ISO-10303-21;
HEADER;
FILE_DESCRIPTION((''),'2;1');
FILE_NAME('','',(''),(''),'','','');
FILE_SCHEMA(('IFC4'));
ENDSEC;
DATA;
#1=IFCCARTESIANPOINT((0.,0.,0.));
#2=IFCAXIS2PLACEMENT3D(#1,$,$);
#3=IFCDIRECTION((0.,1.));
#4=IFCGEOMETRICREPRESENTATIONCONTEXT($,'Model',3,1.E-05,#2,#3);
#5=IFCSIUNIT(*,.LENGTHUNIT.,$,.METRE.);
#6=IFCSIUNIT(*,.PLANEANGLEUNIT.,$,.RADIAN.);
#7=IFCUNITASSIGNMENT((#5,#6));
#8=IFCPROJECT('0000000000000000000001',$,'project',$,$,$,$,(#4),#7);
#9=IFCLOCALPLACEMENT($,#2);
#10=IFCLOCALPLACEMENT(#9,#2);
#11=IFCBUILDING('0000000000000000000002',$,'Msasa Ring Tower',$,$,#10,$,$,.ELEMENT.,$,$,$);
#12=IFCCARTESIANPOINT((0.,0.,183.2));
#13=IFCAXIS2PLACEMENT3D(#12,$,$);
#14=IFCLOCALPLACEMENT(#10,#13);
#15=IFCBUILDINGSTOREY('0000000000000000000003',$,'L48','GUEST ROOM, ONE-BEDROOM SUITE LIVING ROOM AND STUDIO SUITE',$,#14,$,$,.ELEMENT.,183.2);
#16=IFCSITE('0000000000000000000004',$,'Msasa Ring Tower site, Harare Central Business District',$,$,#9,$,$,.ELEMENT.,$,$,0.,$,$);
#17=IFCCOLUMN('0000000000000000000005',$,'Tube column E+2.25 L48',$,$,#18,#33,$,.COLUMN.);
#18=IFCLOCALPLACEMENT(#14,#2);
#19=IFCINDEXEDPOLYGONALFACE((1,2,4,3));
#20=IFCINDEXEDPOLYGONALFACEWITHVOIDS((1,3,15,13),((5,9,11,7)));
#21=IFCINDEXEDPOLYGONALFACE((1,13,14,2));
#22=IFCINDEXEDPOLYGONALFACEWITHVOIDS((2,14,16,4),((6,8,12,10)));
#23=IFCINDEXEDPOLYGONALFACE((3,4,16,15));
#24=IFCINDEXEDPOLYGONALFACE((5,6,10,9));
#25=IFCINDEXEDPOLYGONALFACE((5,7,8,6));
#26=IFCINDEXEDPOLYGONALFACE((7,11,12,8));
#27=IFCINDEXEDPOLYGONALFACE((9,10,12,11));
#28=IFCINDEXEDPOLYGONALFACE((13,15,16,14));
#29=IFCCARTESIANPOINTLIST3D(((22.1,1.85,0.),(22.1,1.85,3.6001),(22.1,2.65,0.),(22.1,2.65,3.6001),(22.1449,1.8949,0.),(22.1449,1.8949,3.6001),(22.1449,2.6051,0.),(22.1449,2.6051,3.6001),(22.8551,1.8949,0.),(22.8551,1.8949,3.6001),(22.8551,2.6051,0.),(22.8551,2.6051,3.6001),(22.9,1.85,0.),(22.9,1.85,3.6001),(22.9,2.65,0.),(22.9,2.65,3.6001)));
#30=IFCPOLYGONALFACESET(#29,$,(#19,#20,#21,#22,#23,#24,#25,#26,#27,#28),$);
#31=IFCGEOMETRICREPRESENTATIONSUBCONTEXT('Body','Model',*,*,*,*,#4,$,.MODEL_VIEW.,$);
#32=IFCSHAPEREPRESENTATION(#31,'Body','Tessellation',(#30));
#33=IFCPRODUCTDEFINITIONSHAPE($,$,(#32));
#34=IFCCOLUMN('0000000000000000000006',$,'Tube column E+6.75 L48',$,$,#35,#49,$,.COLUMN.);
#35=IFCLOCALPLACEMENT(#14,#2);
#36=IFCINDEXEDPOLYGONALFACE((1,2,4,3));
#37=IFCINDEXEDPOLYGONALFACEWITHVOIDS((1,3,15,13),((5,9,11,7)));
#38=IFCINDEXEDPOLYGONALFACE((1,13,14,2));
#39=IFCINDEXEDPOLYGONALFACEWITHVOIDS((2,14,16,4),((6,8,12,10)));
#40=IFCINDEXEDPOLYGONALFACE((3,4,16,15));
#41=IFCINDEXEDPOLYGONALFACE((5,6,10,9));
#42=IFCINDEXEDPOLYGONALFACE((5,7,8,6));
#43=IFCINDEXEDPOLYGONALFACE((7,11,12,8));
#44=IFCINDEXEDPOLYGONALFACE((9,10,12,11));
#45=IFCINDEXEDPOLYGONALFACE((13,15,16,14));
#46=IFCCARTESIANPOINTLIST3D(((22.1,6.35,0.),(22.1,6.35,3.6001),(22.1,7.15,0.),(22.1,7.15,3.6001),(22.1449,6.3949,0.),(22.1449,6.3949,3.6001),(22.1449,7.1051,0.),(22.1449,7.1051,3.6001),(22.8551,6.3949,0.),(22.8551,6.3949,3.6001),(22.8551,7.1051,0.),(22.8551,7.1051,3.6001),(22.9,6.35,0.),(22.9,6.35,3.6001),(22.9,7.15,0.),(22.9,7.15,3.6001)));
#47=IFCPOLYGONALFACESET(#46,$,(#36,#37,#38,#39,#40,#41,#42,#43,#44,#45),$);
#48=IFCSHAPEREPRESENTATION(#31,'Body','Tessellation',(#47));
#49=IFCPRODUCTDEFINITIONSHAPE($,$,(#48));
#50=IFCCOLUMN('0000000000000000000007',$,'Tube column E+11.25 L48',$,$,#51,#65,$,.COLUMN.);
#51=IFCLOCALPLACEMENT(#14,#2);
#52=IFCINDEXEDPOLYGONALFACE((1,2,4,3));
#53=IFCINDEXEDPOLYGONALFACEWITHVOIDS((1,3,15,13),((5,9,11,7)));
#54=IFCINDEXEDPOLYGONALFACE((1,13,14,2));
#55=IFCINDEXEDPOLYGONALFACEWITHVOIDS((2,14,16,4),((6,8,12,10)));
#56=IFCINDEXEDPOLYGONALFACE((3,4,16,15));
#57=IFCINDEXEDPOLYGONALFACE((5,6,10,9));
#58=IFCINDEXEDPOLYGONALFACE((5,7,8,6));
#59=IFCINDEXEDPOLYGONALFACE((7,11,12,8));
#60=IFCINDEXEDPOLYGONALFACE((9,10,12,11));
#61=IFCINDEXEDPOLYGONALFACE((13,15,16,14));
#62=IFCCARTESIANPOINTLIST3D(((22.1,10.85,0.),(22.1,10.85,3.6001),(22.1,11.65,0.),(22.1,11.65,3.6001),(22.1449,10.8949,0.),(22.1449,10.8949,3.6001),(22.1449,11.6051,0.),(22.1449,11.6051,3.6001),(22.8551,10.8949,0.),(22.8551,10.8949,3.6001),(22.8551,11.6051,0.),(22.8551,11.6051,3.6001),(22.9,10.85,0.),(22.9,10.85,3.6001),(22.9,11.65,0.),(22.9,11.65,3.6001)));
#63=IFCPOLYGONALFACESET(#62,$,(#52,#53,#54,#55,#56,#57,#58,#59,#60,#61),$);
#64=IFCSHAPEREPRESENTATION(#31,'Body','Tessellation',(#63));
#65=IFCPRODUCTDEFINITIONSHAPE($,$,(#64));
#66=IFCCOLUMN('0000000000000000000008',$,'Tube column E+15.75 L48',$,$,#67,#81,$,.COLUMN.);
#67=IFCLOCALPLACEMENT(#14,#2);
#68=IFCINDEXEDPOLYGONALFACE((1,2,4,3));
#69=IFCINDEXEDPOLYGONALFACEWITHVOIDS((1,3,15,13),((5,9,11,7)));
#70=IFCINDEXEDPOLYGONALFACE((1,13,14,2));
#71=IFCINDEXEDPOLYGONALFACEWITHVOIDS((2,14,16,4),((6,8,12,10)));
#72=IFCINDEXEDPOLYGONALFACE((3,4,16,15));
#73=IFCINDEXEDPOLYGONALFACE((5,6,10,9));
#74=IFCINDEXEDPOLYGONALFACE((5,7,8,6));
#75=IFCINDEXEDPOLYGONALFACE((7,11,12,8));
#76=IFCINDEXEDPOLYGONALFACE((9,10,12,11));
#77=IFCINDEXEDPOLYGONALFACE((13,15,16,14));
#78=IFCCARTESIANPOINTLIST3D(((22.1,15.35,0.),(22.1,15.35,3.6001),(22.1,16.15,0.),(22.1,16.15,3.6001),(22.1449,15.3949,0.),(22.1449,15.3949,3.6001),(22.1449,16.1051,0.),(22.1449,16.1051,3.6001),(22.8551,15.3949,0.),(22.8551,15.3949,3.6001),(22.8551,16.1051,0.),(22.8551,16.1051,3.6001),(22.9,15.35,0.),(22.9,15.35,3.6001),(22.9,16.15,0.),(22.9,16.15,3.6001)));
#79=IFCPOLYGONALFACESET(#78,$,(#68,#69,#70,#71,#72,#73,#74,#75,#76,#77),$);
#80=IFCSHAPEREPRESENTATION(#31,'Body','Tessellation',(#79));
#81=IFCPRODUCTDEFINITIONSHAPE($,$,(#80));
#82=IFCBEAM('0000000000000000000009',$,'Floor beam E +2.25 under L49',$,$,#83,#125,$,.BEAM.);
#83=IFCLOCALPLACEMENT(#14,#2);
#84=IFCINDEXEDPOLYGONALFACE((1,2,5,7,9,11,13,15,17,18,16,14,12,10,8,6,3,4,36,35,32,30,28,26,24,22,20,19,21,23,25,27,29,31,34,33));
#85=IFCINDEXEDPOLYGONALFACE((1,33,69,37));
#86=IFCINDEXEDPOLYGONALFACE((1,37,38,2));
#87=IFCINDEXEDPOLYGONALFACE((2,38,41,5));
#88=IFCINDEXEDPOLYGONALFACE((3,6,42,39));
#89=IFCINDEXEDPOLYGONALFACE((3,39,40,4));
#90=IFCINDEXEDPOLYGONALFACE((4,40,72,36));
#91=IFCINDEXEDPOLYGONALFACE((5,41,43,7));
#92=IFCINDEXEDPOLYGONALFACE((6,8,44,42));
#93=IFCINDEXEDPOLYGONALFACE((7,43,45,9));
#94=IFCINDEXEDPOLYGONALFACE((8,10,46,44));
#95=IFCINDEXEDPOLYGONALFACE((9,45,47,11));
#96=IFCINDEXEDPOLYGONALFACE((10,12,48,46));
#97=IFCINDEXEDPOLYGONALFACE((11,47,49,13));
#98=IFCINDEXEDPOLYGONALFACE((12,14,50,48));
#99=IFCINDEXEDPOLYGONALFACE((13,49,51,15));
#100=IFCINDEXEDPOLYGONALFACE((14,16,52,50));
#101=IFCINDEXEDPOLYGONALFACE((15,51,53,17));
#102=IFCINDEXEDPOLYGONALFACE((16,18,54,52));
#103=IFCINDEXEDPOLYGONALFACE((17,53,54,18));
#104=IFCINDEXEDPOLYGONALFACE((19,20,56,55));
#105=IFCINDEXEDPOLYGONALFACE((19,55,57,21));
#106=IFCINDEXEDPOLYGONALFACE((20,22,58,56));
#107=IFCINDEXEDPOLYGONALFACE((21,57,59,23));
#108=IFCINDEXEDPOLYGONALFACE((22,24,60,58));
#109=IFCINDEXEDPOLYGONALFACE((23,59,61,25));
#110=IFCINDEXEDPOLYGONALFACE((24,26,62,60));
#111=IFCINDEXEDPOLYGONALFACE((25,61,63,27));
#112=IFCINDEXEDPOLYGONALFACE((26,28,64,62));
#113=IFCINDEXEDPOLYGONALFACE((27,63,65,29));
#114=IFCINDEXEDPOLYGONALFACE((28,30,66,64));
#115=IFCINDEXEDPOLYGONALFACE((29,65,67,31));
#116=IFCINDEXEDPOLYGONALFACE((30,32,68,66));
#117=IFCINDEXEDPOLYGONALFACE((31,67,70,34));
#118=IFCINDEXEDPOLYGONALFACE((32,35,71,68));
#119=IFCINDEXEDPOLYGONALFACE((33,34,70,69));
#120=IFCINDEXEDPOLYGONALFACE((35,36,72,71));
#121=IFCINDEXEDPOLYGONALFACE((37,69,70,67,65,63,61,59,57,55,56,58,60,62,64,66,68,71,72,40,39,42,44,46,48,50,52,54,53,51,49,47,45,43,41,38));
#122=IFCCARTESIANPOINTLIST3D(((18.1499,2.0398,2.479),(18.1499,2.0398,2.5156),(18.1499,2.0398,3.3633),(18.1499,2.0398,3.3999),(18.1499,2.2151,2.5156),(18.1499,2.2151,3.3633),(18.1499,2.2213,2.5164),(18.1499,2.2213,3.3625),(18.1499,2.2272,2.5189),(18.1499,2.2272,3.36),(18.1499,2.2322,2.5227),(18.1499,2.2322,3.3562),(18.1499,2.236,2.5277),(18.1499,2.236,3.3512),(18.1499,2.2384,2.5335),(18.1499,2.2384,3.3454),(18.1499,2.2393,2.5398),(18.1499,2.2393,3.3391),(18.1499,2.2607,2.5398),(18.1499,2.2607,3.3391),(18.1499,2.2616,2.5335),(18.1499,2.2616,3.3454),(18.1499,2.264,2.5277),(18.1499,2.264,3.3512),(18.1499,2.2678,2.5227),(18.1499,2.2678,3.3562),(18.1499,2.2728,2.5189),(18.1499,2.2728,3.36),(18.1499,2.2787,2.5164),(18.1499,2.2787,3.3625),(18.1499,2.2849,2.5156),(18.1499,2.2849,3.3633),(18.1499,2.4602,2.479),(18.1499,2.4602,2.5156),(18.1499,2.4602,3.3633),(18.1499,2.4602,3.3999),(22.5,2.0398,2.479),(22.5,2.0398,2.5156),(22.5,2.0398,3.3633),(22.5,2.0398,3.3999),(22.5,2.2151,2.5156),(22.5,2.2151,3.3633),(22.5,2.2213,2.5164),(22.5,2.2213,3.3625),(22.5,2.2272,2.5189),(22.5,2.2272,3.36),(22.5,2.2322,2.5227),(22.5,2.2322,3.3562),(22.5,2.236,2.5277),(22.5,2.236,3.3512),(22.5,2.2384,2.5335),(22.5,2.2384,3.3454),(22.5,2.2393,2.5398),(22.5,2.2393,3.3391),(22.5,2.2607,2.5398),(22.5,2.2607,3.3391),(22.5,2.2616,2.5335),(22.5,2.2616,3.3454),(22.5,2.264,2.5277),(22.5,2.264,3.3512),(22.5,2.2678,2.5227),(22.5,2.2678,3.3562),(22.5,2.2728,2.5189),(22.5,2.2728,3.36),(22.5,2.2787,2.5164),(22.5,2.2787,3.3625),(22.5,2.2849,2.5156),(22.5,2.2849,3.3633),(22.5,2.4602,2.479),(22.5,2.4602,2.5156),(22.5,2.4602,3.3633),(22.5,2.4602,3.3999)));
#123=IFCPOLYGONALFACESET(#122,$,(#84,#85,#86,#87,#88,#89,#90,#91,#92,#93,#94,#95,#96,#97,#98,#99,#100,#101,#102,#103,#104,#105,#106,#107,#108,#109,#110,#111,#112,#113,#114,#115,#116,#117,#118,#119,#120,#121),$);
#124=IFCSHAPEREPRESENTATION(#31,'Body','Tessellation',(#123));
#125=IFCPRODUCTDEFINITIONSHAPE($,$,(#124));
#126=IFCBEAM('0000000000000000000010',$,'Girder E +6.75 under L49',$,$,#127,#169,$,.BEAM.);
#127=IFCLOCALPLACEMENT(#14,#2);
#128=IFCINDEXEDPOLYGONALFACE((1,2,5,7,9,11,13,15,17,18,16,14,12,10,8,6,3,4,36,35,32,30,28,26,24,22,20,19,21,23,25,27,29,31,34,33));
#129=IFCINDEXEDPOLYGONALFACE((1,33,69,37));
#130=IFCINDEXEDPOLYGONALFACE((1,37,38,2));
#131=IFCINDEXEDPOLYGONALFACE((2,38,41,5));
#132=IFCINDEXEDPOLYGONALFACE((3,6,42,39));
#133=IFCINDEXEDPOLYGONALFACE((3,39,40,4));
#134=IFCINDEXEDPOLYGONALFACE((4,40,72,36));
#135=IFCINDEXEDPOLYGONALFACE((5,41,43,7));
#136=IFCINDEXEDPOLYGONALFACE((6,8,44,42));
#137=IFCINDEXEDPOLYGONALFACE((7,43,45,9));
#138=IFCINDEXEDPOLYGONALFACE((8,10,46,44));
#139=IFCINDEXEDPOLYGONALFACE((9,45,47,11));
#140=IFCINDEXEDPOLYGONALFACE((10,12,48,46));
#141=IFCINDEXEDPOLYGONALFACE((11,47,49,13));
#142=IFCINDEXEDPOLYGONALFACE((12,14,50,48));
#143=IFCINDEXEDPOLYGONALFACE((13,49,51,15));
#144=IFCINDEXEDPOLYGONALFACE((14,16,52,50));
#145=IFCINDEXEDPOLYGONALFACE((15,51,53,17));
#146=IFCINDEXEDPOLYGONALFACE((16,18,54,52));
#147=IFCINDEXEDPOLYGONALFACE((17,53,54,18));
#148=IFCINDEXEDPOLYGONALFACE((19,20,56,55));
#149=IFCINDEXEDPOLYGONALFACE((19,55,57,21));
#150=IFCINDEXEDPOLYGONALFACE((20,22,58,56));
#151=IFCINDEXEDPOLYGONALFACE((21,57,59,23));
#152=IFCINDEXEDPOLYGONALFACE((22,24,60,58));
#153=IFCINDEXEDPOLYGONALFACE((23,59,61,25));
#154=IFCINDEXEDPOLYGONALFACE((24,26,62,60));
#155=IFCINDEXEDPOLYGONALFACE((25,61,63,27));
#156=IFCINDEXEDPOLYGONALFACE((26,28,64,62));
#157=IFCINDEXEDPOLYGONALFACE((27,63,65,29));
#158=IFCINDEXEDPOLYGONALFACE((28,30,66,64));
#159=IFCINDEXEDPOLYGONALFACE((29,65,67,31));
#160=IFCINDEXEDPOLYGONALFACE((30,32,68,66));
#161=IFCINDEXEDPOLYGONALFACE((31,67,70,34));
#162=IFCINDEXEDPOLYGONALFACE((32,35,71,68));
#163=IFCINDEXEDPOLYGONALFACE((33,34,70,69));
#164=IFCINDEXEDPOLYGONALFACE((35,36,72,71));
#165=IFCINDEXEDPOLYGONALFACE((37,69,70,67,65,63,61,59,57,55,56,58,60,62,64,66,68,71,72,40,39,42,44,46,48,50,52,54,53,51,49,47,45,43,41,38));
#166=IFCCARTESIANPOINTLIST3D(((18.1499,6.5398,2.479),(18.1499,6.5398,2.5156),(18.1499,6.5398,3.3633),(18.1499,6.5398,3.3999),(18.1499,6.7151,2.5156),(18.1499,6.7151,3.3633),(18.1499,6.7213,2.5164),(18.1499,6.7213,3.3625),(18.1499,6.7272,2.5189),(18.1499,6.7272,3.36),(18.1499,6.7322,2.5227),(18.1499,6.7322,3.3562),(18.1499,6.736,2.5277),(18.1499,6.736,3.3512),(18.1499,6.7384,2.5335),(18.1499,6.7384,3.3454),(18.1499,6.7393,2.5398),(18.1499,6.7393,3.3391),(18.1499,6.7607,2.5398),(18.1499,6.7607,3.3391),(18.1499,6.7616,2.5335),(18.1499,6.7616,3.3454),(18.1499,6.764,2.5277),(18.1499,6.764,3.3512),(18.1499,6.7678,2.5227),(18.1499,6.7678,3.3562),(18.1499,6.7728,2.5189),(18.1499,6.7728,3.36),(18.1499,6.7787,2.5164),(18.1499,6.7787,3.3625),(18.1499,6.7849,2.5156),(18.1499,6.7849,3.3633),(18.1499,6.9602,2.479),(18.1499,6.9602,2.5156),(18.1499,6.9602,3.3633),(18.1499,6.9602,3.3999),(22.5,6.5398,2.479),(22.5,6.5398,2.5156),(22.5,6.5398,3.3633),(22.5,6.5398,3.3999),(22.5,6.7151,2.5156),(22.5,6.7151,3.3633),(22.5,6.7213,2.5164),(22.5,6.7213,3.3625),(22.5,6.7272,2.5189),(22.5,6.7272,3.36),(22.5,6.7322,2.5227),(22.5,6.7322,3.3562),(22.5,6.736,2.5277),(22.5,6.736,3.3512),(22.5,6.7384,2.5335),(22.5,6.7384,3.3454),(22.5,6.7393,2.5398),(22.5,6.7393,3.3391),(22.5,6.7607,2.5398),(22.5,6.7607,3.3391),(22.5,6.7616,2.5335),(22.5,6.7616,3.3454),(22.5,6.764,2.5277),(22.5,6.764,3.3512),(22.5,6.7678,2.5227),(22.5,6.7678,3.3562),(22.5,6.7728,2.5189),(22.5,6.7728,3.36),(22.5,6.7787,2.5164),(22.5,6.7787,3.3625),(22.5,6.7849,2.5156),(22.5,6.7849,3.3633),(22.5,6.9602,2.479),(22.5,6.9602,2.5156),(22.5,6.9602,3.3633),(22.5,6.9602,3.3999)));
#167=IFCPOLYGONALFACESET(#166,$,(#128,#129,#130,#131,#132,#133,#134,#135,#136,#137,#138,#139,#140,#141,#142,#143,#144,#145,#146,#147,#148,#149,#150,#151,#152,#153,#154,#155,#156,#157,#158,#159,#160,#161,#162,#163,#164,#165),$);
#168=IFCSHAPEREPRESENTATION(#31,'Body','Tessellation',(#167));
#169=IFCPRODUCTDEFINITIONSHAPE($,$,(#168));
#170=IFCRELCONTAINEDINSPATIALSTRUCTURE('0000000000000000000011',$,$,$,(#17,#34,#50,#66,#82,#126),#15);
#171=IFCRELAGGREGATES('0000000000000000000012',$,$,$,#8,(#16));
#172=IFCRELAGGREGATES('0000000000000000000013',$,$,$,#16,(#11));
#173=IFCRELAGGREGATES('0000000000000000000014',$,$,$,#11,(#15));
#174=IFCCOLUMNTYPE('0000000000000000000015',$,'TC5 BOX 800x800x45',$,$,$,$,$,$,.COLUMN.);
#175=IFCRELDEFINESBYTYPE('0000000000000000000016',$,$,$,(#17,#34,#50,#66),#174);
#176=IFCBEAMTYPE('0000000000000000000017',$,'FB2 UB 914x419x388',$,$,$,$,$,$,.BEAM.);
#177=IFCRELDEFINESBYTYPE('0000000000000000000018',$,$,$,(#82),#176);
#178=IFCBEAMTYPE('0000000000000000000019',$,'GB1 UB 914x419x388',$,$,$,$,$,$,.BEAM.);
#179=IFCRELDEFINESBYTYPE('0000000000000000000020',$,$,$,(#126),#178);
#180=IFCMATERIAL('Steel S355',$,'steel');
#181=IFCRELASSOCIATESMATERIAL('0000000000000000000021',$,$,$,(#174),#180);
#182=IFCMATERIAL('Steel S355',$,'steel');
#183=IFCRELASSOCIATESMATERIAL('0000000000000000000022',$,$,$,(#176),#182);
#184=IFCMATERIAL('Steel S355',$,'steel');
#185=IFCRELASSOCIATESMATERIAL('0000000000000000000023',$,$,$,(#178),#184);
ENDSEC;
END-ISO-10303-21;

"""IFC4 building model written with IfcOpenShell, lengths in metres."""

from ifc_helpers import new_model, si_unit, direction, frame, origin, origin_2d, place, context, subcontext, project, spatial, hollow_rectangle, i_section, extrude, material, material_profile, profile_set, type_object, element, save


model = new_model("IFC4")

# Units and contexts
model_context = context("Model", 3, precision=1e-05, world=origin(), true_north=direction((0.0, 1.0)))
body_context = subcontext(model_context, "Body", "Model", "MODEL_VIEW")
ifc_project = project(units=[si_unit("LENGTHUNIT", "METRE"), si_unit("PLANEANGLEUNIT", "RADIAN")], contexts=[model_context])

# Site, building, storey
site_placement = place(None, origin())
site = spatial("IfcSite", under=ifc_project, at=site_placement, Name="Msasa Ring Tower site, Harare Central Business District", CompositionType="ELEMENT", RefElevation=0.0)
building_placement = place(site_placement, origin())
building = spatial("IfcBuilding", under=site, at=building_placement, Name="Msasa Ring Tower", CompositionType="ELEMENT")
storey_placement = place(building_placement, frame((0.0, 0.0, 183.2)))
storey = spatial("IfcBuildingStorey", under=building, at=storey_placement, Name="L48", Description="GUEST ROOM, ONE-BEDROOM SUITE LIVING ROOM AND STUDIO SUITE", CompositionType="ELEMENT", Elevation=183.2)

# Columns
ifc_material_1 = material(Name="Steel S355", Category="steel")
ifc_material_profile_1 = material_profile(ifc_material_1, hollow_rectangle(XDim=0.8, YDim=0.8, WallThickness=0.0449, at=origin_2d()), Name="BOX 800x800x45")
ifc_profile_set_1 = profile_set([ifc_material_profile_1], Name="Steel S355")
column_type = type_object("IfcColumnType", Name="TC5 BOX 800x800x45", PredefinedType="COLUMN", material=ifc_profile_set_1)
for number, where, z_axis, x_axis, name in (
    (1, (22.5, 2.25, 0.0), (0.0, 0.0, 1.0), (1.0, 0.0, 0.0), "Tube column E+2.25 L48"),
    (2, (22.5, 6.75, 0.0), (0.0, 0.0, 1.0), (1.0, 0.0, 0.0), "Tube column E+6.75 L48"),
    (3, (22.5, 11.25, 0.0), (0.0, 0.0, 1.0), (1.0, 0.0, 0.0), "Tube column E+11.25 L48"),
    (4, (22.5, 15.75, 0.0), (0.0, 0.0, 1.0), (1.0, 0.0, 0.0), "Tube column E+15.75 L48"),
):
    element("IfcColumn", number, at=place(storey_placement, frame(where, z_axis=z_axis, x_axis=x_axis)), inside=storey, type_object=column_type, Name=name, PredefinedType="COLUMN", context=body_context, shape_type="SweptSolid", body=[
        extrude(hollow_rectangle(XDim=0.8, YDim=0.8, WallThickness=0.0449, at=origin_2d()), origin(), (0.0, 0.0, 1.0), 3.6001),
    ])

# Beams
ifc_material_2 = material(Name="Steel S355", Category="steel")
ifc_material_profile_2 = material_profile(ifc_material_2, i_section(OverallWidth=0.4204, OverallDepth=0.9209, WebThickness=0.0215, FlangeThickness=0.0366, FilletRadius=0.0242, at=origin_2d()), Name="UB 914x419x388")
ifc_profile_set_2 = profile_set([ifc_material_profile_2], Name="Steel S355")
beam_type_1 = type_object("IfcBeamType", Name="FB2 UB 914x419x388", PredefinedType="BEAM", material=ifc_profile_set_2)
beam_1_placement = place(storey_placement, frame((22.5, 2.25, 2.9395), z_axis=(-1.0, 0.0, 0.0), x_axis=(0.0, -1.0, 0.0)))
element("IfcBeam", 5, at=beam_1_placement, inside=storey, type_object=beam_type_1, Name="Floor beam E +2.25 under L49", PredefinedType="BEAM", context=body_context, shape_type="SweptSolid", body=[
    extrude(i_section(OverallWidth=0.4204, OverallDepth=0.9209, WebThickness=0.0215, FlangeThickness=0.0366, FilletRadius=0.0242, at=origin_2d()), origin(), (0.0, 0.0, 1.0), 4.3501),
])
ifc_material_3 = material(Name="Steel S355", Category="steel")
ifc_material_profile_3 = material_profile(ifc_material_3, i_section(OverallWidth=0.4204, OverallDepth=0.9209, WebThickness=0.0215, FlangeThickness=0.0366, FilletRadius=0.0242, at=origin_2d()), Name="UB 914x419x388")
ifc_profile_set_3 = profile_set([ifc_material_profile_3], Name="Steel S355")
beam_type_2 = type_object("IfcBeamType", Name="GB1 UB 914x419x388", PredefinedType="BEAM", material=ifc_profile_set_3)
beam_2_placement = place(storey_placement, frame((18.1499, 6.75, 2.9395), z_axis=(1.0, 0.0, 0.0), x_axis=(0.0, 1.0, 0.0)))
element("IfcBeam", 6, at=beam_2_placement, inside=storey, type_object=beam_type_2, Name="Girder E +6.75 under L49", PredefinedType="BEAM", context=body_context, shape_type="SweptSolid", body=[
    extrude(i_section(OverallWidth=0.4204, OverallDepth=0.9209, WebThickness=0.0215, FlangeThickness=0.0366, FilletRadius=0.0242, at=origin_2d()), origin(), (0.0, 0.0, 1.0), 4.3501),
])

save(model, "model.ifc")
